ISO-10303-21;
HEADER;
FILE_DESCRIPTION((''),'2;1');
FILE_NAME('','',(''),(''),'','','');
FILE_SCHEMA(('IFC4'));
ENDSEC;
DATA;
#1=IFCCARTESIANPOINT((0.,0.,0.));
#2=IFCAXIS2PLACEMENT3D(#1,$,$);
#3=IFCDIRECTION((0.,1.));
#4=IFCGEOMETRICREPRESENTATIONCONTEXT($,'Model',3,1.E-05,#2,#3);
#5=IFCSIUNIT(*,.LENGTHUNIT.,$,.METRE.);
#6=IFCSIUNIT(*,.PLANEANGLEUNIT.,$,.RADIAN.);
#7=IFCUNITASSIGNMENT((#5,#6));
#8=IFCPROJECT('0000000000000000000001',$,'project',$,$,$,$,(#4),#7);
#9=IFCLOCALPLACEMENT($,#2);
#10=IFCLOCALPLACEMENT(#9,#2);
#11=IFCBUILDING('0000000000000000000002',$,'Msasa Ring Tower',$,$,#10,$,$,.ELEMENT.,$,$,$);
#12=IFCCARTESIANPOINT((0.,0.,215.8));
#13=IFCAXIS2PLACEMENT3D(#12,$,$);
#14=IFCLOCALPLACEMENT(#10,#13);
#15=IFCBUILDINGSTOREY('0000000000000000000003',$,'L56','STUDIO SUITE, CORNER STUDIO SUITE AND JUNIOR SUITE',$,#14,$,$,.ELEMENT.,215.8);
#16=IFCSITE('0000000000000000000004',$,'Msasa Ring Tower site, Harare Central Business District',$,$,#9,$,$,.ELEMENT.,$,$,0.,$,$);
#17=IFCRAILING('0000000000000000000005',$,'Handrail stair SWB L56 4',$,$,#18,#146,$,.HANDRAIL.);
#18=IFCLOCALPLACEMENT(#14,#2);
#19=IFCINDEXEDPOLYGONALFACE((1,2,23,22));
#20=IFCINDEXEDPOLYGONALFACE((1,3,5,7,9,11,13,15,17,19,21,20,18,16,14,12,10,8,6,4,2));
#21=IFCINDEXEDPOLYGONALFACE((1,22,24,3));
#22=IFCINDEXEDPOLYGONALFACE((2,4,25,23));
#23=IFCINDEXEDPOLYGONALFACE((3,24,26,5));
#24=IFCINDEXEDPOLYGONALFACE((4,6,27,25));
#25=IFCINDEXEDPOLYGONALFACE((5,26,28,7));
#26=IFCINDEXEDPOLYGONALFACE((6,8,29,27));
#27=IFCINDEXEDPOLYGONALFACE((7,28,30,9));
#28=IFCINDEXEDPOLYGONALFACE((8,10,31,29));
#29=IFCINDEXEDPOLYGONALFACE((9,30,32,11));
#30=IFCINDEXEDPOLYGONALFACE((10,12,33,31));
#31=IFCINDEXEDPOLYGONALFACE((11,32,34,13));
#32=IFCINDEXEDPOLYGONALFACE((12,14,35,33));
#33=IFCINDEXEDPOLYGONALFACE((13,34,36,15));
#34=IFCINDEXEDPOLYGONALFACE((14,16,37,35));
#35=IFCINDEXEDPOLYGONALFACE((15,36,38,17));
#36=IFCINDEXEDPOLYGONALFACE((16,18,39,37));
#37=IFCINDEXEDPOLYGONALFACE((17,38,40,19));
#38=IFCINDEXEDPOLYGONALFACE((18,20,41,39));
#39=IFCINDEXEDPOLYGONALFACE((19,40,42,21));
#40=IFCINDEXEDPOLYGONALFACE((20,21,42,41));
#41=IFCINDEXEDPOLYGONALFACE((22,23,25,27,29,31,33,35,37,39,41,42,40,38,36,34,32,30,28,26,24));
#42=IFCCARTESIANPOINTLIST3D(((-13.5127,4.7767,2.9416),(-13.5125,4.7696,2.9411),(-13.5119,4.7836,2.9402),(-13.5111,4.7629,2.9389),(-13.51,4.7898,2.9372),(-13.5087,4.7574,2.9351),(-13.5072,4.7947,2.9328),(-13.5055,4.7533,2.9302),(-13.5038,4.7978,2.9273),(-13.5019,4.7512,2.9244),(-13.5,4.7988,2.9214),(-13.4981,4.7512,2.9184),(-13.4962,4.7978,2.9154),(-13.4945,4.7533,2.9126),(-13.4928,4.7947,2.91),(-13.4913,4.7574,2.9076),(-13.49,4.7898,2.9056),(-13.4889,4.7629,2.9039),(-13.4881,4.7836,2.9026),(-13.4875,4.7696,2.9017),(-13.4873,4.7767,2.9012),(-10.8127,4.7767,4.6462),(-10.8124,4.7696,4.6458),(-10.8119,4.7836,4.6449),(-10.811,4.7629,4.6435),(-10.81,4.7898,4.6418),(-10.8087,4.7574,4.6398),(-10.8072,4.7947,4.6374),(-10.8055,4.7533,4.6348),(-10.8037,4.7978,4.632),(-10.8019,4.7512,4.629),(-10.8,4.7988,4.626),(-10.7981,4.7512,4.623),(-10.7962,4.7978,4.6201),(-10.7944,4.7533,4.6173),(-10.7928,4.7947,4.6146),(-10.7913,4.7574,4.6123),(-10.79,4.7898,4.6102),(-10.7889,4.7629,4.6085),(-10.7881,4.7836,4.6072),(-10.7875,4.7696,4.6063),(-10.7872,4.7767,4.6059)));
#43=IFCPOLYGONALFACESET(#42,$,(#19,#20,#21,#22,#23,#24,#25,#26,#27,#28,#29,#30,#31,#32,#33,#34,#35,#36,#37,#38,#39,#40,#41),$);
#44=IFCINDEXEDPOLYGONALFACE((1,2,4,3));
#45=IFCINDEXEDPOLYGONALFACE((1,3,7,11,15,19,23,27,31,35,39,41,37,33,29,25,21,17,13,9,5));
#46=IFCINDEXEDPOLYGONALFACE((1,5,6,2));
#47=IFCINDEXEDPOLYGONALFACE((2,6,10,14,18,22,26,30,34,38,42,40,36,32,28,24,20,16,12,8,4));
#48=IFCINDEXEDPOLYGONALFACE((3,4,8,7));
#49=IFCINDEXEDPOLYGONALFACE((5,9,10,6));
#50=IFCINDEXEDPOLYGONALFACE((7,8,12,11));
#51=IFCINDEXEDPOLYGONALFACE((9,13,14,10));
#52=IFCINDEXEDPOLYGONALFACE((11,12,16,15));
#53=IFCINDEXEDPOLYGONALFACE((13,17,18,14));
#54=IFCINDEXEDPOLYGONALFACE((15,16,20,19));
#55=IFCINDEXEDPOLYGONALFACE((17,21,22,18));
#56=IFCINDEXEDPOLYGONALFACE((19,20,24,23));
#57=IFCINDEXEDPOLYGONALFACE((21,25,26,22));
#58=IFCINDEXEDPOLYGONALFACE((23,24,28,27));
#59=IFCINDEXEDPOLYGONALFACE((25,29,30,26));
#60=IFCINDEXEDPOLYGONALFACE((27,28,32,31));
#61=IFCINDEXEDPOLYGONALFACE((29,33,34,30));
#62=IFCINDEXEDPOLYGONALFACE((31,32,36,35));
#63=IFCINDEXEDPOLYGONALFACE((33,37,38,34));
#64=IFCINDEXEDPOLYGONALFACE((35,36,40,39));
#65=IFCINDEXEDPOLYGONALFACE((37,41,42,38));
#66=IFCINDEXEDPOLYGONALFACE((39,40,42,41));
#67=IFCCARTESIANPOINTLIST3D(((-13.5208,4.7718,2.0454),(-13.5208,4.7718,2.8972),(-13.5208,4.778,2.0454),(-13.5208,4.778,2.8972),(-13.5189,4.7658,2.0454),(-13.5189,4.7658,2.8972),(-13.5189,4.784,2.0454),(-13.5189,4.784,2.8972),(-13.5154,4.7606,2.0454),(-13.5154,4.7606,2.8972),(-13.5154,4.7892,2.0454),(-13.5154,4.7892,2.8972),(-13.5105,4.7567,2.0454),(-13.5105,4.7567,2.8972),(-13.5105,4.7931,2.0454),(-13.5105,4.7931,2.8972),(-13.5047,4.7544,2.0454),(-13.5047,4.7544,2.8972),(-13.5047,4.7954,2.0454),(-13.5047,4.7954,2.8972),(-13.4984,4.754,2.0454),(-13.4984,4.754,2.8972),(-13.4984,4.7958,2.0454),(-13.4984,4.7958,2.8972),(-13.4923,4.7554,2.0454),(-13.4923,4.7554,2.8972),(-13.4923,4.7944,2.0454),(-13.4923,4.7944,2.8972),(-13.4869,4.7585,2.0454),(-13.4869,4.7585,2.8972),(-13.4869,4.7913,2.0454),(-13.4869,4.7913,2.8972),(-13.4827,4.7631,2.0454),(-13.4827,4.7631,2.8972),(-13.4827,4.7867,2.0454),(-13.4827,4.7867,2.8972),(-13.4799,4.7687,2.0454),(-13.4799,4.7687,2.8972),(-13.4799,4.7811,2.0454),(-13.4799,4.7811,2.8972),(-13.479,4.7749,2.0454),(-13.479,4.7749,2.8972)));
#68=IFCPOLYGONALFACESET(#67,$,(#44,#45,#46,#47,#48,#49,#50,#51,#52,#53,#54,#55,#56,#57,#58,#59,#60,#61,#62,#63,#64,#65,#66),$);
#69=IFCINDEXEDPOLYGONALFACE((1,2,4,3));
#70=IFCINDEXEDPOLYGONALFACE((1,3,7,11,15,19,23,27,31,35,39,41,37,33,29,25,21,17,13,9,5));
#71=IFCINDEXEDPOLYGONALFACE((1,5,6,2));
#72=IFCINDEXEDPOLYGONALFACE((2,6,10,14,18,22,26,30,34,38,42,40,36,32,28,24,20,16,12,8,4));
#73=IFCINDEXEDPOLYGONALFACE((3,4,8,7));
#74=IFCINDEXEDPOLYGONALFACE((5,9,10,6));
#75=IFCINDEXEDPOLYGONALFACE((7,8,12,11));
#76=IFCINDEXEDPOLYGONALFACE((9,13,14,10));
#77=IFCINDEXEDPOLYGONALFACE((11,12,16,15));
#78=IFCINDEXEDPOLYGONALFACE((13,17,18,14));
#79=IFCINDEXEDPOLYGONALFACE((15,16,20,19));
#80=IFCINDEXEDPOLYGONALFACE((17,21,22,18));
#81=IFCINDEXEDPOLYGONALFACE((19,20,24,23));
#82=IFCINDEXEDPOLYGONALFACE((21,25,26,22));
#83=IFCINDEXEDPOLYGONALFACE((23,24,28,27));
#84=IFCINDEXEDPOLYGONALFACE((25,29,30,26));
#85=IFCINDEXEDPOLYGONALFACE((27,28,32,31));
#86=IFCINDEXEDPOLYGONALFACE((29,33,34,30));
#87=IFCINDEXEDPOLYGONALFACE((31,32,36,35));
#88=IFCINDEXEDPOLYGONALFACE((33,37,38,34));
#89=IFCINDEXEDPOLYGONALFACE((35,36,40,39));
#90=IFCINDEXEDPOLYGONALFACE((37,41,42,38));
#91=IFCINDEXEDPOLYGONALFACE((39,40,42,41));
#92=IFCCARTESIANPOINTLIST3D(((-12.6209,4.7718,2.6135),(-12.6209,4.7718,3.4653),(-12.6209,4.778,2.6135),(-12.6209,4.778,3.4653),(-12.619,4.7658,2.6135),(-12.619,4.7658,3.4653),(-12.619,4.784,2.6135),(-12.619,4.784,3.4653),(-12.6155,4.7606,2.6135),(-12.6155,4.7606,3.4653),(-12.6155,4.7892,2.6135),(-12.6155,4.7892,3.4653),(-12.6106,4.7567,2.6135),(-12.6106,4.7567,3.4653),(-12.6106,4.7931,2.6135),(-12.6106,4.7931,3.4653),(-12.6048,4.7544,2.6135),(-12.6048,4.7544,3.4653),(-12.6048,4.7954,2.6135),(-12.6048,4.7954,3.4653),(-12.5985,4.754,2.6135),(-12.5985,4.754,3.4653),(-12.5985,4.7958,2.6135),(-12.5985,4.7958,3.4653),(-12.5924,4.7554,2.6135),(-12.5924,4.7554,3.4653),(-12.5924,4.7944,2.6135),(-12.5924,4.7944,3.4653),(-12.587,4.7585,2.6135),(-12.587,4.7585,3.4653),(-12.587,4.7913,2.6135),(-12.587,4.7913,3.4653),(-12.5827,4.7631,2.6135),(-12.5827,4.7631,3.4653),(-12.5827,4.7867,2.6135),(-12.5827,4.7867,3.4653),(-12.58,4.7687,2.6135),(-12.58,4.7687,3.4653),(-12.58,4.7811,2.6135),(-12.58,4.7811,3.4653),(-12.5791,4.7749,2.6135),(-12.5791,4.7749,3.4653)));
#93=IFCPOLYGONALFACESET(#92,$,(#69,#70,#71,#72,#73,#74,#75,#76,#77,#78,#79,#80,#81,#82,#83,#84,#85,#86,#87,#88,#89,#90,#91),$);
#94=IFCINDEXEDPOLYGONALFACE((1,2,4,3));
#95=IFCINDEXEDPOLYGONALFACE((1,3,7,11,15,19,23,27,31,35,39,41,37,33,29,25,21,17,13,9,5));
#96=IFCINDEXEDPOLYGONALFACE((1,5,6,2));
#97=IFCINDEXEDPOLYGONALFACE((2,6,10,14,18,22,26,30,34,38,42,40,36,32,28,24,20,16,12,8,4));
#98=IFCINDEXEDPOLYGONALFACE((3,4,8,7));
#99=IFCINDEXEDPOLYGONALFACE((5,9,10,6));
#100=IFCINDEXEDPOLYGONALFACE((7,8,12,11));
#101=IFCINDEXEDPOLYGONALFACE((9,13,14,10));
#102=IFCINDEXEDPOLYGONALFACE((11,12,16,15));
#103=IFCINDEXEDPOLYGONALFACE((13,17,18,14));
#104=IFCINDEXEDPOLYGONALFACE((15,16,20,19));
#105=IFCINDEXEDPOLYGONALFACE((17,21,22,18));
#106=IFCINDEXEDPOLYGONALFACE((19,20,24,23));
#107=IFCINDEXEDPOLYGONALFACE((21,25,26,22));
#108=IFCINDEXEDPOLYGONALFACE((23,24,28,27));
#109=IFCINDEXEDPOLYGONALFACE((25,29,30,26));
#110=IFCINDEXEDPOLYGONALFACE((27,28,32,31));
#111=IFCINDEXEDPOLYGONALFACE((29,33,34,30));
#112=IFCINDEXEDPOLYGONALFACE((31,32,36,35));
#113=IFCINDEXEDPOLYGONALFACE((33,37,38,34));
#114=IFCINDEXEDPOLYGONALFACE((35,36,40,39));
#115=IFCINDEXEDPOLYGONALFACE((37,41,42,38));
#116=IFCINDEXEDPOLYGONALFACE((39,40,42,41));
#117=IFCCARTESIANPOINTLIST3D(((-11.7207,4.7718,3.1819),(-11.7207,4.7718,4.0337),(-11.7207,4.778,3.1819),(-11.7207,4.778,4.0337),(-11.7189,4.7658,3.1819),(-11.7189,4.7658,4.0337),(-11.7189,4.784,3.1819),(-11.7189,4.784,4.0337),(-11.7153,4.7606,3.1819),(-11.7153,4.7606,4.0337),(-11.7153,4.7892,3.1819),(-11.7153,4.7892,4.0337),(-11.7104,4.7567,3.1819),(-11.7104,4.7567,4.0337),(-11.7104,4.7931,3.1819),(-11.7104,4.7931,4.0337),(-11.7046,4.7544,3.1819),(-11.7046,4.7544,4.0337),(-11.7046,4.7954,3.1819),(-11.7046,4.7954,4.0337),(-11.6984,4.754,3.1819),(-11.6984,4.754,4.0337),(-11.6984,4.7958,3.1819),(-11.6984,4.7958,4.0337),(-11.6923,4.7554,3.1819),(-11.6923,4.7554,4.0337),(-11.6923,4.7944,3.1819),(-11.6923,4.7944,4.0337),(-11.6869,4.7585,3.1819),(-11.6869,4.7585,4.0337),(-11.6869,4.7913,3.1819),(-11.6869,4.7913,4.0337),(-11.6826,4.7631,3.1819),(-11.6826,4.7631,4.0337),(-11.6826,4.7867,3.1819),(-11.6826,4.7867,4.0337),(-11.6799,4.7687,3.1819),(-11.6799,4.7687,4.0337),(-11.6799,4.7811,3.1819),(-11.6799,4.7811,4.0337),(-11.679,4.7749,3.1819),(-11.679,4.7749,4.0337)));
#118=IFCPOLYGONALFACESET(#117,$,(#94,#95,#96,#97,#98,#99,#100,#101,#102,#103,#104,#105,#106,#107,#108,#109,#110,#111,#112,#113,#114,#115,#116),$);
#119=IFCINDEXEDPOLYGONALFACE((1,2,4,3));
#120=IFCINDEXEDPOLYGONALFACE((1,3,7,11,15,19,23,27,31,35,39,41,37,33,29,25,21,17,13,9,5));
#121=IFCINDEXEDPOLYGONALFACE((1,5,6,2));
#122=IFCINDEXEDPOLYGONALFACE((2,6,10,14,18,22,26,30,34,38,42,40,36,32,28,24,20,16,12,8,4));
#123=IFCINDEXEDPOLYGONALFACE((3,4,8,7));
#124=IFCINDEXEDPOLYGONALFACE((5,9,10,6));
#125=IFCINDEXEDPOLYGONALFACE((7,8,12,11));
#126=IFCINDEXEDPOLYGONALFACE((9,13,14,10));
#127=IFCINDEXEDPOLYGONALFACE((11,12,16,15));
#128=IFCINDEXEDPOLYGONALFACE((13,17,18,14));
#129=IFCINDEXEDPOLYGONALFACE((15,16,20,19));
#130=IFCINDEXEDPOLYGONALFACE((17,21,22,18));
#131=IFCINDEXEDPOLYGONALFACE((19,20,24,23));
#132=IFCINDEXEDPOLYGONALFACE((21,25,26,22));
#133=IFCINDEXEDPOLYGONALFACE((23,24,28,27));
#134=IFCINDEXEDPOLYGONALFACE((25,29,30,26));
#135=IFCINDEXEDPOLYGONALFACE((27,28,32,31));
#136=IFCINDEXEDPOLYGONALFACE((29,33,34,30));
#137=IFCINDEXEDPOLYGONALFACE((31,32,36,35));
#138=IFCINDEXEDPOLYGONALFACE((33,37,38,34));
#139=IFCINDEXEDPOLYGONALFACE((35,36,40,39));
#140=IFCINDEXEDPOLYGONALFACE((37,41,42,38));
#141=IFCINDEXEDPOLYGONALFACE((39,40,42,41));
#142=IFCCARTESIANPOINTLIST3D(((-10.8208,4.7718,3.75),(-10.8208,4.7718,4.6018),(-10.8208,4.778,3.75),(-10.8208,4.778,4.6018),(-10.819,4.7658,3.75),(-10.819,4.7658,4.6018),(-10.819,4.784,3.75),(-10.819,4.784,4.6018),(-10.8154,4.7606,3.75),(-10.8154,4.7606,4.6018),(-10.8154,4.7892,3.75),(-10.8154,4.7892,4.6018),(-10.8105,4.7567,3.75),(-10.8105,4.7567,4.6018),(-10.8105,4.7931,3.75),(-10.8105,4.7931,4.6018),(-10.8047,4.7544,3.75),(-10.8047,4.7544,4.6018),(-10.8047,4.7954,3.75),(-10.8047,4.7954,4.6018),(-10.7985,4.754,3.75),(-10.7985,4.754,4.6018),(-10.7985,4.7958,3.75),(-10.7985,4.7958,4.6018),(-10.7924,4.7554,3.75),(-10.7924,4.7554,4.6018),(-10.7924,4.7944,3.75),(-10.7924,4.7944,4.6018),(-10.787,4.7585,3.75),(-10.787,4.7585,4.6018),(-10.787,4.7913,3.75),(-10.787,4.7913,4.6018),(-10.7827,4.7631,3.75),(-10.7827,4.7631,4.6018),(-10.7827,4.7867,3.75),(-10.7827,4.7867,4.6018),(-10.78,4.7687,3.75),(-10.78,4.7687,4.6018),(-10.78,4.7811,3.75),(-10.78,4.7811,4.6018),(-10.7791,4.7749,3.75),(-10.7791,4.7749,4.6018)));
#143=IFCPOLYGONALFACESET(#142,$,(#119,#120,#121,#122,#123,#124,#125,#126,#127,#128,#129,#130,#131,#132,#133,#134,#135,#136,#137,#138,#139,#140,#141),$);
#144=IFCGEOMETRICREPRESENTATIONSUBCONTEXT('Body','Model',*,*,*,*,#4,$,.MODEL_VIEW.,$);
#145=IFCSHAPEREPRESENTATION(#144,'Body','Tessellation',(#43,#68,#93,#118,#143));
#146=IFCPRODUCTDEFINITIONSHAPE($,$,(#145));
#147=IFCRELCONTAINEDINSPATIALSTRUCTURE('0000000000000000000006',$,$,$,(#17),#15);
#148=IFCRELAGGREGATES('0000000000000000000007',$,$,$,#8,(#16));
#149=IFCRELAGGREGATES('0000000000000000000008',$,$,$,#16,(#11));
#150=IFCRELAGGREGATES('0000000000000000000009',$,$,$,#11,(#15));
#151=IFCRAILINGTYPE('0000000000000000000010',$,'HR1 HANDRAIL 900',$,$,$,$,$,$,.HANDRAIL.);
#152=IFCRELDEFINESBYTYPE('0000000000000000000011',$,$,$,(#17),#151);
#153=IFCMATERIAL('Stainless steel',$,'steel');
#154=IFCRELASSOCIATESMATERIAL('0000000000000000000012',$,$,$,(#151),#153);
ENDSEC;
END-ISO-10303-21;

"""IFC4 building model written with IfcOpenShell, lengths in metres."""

from ifc_helpers import new_model, si_unit, direction, frame, origin, origin_2d, place, context, subcontext, project, spatial, circle, extrude, material, type_object, element, save


model = new_model("IFC4")

# Units and contexts
model_context = context("Model", 3, precision=1e-05, world=origin(), true_north=direction((0.0, 1.0)))
body_context = subcontext(model_context, "Body", "Model", "MODEL_VIEW")
ifc_project = project(units=[si_unit("LENGTHUNIT", "METRE"), si_unit("PLANEANGLEUNIT", "RADIAN")], contexts=[model_context])

# Site, building, storey
site_placement = place(None, origin())
site = spatial("IfcSite", under=ifc_project, at=site_placement, Name="Msasa Ring Tower site, Harare Central Business District", CompositionType="ELEMENT", RefElevation=0.0)
building_placement = place(site_placement, origin())
building = spatial("IfcBuilding", under=site, at=building_placement, Name="Msasa Ring Tower", CompositionType="ELEMENT")
storey_placement = place(building_placement, frame((0.0, 0.0, 215.8)))
storey = spatial("IfcBuildingStorey", under=building, at=storey_placement, Name="L56", Description="STUDIO SUITE, CORNER STUDIO SUITE AND JUNIOR SUITE", CompositionType="ELEMENT", Elevation=215.8)

# Railing
ifc_material_1 = material(Name="Stainless steel", Category="steel")
railing_type = type_object("IfcRailingType", Name="HR1 HANDRAIL 900", PredefinedType="HANDRAIL", material=ifc_material_1)
for number, where, name in (
    (1, (-13.5, 4.7749, 2.0454), "Handrail stair SWB L56 4"),
):
    element("IfcRailing", number, at=place(storey_placement, frame(where)), inside=storey, type_object=railing_type, Name=name, PredefinedType="HANDRAIL", context=body_context, shape_type="SweptSolid", body=[
        extrude(circle(Radius=0.0239, at=origin_2d()), frame((0.0, 0.0, 0.876), z_axis=(0.84558, 0.0, 0.533849), x_axis=(0.0, 1.0, 0.0)), (0.0, 0.0, 1.0), 3.1931),
        extrude(circle(Radius=0.021, at=origin_2d()), origin(), (0.0, 0.0, 1.0), 0.8518),
        extrude(circle(Radius=0.021, at=origin_2d()), frame((0.8999, 0.0, 0.5681)), (0.0, 0.0, 1.0), 0.8518),
        extrude(circle(Radius=0.021, at=origin_2d()), frame((1.8, 0.0, 1.1365)), (0.0, 0.0, 1.0), 0.8518),
        extrude(circle(Radius=0.021, at=origin_2d()), frame((2.7, 0.0, 1.7046)), (0.0, 0.0, 1.0), 0.8518),
    ])

save(model, "model.ifc")
